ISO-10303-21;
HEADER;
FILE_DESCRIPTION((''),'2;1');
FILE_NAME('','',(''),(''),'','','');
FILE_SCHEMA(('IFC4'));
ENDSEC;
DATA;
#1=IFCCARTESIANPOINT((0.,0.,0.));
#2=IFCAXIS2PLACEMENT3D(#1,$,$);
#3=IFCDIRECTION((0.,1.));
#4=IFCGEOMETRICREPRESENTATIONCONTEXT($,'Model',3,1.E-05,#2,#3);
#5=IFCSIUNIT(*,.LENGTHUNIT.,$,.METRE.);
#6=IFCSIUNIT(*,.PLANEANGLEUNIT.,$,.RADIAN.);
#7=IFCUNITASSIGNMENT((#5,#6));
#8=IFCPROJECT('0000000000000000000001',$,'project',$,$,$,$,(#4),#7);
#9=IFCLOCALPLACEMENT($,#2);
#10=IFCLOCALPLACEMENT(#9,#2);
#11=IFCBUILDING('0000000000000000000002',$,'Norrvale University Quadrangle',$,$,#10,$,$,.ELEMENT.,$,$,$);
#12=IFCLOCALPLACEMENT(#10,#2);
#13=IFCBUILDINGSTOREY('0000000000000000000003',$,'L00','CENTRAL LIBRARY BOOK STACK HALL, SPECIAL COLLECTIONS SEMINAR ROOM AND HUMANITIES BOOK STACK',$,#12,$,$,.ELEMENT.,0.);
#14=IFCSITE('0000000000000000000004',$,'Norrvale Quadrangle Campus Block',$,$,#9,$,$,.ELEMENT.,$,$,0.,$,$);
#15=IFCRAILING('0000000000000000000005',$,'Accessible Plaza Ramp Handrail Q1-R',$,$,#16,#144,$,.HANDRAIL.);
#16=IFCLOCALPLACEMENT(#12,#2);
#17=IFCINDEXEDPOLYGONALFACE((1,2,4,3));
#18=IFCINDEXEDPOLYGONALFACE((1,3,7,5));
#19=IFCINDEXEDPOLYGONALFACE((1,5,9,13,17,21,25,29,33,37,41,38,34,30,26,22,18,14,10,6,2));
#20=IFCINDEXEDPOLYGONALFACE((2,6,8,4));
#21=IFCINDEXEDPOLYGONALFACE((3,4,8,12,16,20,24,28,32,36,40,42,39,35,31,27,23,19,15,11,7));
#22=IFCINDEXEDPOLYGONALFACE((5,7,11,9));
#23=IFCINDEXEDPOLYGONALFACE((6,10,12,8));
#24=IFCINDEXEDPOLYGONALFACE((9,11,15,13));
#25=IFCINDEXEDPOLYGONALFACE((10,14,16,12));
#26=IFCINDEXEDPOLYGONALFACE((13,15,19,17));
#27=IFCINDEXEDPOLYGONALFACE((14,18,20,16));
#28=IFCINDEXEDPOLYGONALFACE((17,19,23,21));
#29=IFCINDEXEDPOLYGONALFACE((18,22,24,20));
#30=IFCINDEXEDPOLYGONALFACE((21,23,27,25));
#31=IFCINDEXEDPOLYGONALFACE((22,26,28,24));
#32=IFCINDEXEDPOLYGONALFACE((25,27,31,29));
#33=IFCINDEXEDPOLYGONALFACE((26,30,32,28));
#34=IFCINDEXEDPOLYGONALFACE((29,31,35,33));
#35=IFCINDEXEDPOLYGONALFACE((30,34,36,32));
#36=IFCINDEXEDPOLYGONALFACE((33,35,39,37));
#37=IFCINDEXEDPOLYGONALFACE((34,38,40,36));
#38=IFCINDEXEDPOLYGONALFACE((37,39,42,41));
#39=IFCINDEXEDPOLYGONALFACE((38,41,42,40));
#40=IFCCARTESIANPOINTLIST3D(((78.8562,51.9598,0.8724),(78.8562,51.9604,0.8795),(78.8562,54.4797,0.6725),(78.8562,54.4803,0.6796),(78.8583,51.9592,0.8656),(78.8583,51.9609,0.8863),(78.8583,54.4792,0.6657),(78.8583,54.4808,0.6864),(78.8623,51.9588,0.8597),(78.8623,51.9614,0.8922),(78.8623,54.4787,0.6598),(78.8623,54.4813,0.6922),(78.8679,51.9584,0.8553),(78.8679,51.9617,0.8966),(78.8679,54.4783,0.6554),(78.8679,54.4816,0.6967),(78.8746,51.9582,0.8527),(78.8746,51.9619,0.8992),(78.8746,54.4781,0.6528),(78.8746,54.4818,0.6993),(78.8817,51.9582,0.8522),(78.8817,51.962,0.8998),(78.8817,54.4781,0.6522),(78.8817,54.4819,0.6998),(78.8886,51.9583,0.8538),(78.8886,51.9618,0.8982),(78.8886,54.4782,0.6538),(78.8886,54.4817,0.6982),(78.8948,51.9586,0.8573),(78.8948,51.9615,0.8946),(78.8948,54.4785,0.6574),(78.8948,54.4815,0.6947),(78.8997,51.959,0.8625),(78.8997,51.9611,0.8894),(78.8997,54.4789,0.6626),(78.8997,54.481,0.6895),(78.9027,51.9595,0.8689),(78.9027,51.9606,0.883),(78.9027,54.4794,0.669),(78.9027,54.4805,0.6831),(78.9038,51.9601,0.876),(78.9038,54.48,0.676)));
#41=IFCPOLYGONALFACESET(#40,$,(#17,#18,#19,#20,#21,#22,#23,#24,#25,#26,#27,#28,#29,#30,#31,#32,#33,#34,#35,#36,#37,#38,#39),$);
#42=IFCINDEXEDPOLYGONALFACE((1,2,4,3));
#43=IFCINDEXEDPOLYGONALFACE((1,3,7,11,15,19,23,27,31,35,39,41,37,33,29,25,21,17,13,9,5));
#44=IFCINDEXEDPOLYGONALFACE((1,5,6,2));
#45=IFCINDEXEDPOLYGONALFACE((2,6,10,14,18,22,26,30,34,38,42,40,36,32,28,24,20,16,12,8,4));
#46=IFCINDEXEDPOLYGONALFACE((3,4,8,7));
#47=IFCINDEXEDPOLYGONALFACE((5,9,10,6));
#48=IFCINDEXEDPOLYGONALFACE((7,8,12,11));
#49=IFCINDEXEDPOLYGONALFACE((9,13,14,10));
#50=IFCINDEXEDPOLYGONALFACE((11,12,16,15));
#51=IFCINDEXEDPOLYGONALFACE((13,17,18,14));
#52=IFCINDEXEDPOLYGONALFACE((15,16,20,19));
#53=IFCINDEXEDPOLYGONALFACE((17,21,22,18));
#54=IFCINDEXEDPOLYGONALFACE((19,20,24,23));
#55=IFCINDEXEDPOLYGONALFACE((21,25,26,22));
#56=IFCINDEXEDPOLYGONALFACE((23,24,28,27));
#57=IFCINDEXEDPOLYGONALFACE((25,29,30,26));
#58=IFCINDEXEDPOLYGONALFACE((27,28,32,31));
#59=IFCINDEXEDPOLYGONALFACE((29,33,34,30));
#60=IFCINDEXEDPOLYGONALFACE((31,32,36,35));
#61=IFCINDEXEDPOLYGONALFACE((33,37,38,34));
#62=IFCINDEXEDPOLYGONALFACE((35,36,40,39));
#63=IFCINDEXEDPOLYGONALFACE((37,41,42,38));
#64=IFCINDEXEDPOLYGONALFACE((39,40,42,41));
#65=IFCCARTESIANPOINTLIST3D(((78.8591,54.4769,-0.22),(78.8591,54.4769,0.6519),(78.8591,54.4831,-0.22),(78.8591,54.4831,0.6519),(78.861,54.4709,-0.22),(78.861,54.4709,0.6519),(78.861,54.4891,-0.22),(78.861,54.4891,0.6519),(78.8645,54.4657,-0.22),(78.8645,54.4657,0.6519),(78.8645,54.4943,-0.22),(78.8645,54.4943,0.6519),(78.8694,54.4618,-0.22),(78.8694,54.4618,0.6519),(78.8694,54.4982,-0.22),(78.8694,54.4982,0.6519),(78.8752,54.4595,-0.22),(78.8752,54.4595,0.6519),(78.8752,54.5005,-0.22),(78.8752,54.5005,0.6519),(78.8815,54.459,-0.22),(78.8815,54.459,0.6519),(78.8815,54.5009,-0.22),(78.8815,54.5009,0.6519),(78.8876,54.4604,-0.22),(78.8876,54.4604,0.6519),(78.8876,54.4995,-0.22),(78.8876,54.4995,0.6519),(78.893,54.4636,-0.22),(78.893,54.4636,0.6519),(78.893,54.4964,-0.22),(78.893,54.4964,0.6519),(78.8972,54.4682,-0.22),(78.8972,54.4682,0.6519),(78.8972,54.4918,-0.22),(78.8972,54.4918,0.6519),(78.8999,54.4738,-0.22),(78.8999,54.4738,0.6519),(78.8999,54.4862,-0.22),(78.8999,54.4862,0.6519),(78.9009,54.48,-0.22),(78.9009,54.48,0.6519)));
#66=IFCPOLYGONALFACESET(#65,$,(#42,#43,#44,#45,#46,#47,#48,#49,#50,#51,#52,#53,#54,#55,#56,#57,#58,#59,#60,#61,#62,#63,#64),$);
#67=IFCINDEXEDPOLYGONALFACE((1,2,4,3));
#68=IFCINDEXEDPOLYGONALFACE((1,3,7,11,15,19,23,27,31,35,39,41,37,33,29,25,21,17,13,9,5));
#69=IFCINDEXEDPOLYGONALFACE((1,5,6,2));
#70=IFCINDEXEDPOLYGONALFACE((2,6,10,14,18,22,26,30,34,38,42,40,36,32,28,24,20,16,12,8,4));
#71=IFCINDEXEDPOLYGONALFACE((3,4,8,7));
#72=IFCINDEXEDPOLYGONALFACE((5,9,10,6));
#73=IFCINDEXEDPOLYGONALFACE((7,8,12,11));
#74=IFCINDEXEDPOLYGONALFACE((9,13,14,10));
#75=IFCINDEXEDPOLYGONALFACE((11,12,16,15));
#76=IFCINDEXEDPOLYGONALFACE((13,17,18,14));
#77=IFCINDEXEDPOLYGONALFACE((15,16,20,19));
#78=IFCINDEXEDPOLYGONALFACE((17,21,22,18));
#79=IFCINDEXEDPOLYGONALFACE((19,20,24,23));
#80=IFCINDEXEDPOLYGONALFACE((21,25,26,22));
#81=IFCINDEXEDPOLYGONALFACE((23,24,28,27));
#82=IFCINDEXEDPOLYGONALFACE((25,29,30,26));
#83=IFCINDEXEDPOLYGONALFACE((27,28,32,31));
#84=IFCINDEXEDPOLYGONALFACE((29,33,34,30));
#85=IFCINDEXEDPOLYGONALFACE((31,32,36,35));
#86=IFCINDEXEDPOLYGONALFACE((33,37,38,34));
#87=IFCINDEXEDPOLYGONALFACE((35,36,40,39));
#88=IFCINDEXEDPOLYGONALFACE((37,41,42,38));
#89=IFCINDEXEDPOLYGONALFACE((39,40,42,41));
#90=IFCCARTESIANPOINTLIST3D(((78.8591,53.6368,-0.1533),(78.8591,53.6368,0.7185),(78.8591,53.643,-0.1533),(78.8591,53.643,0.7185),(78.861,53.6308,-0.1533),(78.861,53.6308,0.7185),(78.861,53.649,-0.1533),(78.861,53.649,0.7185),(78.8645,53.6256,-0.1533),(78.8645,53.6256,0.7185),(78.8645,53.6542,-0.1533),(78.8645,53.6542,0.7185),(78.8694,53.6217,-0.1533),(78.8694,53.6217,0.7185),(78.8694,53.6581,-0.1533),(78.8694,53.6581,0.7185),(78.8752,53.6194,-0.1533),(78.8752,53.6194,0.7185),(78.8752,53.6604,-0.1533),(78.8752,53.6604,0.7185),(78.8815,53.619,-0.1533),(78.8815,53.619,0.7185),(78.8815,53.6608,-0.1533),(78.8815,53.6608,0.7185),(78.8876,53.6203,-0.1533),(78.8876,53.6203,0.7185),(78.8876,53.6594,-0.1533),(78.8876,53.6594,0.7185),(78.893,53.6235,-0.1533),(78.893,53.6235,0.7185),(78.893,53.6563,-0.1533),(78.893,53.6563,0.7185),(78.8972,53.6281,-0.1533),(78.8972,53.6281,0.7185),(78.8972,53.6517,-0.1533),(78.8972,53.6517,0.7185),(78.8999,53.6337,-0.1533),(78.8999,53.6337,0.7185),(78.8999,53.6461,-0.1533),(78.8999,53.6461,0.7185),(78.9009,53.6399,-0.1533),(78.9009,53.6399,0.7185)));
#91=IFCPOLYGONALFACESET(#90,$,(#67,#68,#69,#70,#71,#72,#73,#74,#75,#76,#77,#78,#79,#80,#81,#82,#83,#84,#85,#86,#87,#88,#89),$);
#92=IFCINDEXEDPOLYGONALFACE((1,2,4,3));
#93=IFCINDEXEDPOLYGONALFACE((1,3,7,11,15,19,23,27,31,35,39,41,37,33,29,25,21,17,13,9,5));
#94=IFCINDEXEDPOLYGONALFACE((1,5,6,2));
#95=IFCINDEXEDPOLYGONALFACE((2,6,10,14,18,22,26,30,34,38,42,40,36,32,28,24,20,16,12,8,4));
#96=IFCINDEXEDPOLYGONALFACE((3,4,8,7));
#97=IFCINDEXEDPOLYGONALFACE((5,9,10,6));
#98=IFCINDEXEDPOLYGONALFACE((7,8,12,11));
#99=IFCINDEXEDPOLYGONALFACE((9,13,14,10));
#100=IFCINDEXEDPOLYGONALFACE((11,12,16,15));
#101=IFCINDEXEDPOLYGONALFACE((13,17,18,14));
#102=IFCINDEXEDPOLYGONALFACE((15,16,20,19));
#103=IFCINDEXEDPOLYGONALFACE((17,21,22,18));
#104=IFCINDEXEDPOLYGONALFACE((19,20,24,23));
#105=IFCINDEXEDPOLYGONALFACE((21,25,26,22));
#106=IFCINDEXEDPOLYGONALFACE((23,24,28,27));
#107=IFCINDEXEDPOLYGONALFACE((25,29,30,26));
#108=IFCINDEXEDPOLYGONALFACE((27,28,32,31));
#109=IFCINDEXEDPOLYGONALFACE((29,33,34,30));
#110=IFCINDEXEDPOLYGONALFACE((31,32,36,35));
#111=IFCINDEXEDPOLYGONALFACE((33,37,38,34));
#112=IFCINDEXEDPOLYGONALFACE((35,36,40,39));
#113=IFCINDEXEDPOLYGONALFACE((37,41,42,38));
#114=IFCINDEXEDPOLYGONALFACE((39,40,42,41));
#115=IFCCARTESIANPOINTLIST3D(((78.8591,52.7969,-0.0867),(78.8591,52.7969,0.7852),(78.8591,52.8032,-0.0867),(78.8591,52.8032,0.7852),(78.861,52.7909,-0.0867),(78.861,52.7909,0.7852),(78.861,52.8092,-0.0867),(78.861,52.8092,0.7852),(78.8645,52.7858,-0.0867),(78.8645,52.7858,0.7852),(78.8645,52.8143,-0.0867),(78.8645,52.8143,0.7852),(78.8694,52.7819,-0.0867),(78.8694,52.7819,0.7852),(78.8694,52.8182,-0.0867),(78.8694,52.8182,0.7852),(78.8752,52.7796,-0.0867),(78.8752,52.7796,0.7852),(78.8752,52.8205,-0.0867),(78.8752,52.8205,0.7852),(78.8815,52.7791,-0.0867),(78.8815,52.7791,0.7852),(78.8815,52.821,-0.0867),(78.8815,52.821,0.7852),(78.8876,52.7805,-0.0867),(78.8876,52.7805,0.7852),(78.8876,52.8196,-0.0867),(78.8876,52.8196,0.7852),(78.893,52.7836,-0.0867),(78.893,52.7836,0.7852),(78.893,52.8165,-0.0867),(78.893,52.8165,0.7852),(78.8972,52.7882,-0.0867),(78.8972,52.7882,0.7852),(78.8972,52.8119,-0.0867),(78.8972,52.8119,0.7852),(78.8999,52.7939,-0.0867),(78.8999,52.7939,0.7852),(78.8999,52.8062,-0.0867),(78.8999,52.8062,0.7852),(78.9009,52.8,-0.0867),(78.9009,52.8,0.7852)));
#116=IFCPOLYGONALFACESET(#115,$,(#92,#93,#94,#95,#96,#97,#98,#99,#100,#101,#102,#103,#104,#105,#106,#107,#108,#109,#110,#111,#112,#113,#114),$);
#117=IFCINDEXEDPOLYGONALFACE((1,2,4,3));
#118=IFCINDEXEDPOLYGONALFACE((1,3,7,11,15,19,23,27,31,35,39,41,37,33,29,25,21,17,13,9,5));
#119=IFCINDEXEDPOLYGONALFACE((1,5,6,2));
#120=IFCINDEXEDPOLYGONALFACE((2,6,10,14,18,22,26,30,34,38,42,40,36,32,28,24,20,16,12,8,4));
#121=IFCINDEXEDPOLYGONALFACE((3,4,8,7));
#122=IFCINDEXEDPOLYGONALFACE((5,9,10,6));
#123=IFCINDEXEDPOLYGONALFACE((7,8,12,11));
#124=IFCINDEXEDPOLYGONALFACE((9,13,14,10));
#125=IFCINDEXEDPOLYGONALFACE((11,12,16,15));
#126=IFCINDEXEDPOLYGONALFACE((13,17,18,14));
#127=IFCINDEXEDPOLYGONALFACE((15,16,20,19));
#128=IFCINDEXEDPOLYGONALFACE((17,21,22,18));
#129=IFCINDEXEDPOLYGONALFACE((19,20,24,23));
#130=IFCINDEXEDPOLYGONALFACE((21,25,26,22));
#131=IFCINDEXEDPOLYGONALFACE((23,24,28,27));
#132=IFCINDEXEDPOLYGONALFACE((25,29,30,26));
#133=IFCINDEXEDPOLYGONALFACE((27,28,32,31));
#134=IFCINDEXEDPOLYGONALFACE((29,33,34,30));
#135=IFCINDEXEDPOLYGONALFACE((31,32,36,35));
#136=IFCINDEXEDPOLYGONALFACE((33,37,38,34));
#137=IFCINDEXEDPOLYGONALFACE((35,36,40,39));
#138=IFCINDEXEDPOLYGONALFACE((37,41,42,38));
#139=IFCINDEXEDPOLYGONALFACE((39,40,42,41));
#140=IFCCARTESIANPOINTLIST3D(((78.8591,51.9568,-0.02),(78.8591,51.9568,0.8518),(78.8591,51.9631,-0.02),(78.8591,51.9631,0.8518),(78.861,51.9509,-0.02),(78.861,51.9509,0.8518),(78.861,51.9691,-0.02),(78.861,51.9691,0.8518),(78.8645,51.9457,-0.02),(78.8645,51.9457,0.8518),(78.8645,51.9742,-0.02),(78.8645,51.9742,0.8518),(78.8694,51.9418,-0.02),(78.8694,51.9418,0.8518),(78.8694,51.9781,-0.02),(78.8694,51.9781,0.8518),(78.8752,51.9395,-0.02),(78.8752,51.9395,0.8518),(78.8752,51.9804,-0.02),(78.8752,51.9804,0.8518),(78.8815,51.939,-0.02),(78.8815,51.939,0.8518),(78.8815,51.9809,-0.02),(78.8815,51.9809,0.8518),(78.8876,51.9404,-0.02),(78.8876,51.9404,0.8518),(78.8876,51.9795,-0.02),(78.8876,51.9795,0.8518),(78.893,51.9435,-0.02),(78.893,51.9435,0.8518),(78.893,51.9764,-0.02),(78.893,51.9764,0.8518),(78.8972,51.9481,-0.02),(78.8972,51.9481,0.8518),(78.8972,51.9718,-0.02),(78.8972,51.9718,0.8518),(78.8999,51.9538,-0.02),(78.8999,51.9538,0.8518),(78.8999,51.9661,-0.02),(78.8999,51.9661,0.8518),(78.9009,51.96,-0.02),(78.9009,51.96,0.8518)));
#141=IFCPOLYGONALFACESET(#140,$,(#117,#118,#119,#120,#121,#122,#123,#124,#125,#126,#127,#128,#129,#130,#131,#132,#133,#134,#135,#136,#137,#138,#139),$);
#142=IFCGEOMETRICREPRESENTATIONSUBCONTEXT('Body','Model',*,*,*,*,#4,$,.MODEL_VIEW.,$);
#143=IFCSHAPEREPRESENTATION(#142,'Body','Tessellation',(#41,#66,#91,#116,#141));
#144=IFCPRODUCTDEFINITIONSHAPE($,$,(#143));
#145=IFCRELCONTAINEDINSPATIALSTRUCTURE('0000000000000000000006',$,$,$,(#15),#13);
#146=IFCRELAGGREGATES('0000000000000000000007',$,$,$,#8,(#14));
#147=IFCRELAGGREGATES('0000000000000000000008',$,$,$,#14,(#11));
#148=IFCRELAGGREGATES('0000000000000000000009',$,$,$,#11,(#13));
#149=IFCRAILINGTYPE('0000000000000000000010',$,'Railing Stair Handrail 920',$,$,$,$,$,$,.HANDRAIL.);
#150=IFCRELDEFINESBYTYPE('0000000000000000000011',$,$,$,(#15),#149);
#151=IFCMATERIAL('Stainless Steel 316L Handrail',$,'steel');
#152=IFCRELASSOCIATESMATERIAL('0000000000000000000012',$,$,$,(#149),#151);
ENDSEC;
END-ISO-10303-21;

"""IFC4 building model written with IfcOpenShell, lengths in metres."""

from ifc_helpers import new_model, si_unit, direction, frame, origin, origin_2d, place, context, subcontext, project, spatial, circle, extrude, material, type_object, element, save


model = new_model("IFC4")

# Units and contexts
model_context = context("Model", 3, precision=1e-05, world=origin(), true_north=direction((0.0, 1.0)))
body_context = subcontext(model_context, "Body", "Model", "MODEL_VIEW")
ifc_project = project(units=[si_unit("LENGTHUNIT", "METRE"), si_unit("PLANEANGLEUNIT", "RADIAN")], contexts=[model_context])

# Site, building, storey
site_placement = place(None, origin())
site = spatial("IfcSite", under=ifc_project, at=site_placement, Name="Norrvale Quadrangle Campus Block", CompositionType="ELEMENT", RefElevation=0.0)
building_placement = place(site_placement, origin())
building = spatial("IfcBuilding", under=site, at=building_placement, Name="Norrvale University Quadrangle", CompositionType="ELEMENT")
storey_placement = place(building_placement, origin())
storey = spatial("IfcBuildingStorey", under=building, at=storey_placement, Name="L00", Description="CENTRAL LIBRARY BOOK STACK HALL, SPECIAL COLLECTIONS SEMINAR ROOM AND HUMANITIES BOOK STACK", CompositionType="ELEMENT", Elevation=0.0)

# Railing
ifc_material_1 = material(Name="Stainless Steel 316L Handrail", Category="steel")
railing_type = type_object("IfcRailingType", Name="Railing Stair Handrail 920", PredefinedType="HANDRAIL", material=ifc_material_1)
for number, where, name in (
    (1, (78.8799, 54.48, -0.22), "Accessible Plaza Ramp Handrail Q1-R"),
):
    element("IfcRailing", number, at=place(storey_placement, frame(where)), inside=storey, type_object=railing_type, Name=name, PredefinedType="HANDRAIL", context=body_context, shape_type="SweptSolid", body=[
        extrude(circle(Radius=0.0239, at=origin_2d()), frame((0.0, 0.0, 0.896), z_axis=(0.0, -0.996867, 0.079096), x_axis=(1.0, 0.0, 0.0)), (0.0, 0.0, 1.0), 2.5278),
        extrude(circle(Radius=0.021, at=origin_2d()), origin(), (0.0, 0.0, 1.0), 0.8718),
        extrude(circle(Radius=0.021, at=origin_2d()), frame((0.0, -0.8401, 0.0667)), (0.0, 0.0, 1.0), 0.8718),
        extrude(circle(Radius=0.021, at=origin_2d()), frame((0.0, -1.6799, 0.1333)), (0.0, 0.0, 1.0), 0.8718),
        extrude(circle(Radius=0.021, at=origin_2d()), frame((0.0, -2.52, 0.2)), (0.0, 0.0, 1.0), 0.8718),
    ])

save(model, "model.ifc")
